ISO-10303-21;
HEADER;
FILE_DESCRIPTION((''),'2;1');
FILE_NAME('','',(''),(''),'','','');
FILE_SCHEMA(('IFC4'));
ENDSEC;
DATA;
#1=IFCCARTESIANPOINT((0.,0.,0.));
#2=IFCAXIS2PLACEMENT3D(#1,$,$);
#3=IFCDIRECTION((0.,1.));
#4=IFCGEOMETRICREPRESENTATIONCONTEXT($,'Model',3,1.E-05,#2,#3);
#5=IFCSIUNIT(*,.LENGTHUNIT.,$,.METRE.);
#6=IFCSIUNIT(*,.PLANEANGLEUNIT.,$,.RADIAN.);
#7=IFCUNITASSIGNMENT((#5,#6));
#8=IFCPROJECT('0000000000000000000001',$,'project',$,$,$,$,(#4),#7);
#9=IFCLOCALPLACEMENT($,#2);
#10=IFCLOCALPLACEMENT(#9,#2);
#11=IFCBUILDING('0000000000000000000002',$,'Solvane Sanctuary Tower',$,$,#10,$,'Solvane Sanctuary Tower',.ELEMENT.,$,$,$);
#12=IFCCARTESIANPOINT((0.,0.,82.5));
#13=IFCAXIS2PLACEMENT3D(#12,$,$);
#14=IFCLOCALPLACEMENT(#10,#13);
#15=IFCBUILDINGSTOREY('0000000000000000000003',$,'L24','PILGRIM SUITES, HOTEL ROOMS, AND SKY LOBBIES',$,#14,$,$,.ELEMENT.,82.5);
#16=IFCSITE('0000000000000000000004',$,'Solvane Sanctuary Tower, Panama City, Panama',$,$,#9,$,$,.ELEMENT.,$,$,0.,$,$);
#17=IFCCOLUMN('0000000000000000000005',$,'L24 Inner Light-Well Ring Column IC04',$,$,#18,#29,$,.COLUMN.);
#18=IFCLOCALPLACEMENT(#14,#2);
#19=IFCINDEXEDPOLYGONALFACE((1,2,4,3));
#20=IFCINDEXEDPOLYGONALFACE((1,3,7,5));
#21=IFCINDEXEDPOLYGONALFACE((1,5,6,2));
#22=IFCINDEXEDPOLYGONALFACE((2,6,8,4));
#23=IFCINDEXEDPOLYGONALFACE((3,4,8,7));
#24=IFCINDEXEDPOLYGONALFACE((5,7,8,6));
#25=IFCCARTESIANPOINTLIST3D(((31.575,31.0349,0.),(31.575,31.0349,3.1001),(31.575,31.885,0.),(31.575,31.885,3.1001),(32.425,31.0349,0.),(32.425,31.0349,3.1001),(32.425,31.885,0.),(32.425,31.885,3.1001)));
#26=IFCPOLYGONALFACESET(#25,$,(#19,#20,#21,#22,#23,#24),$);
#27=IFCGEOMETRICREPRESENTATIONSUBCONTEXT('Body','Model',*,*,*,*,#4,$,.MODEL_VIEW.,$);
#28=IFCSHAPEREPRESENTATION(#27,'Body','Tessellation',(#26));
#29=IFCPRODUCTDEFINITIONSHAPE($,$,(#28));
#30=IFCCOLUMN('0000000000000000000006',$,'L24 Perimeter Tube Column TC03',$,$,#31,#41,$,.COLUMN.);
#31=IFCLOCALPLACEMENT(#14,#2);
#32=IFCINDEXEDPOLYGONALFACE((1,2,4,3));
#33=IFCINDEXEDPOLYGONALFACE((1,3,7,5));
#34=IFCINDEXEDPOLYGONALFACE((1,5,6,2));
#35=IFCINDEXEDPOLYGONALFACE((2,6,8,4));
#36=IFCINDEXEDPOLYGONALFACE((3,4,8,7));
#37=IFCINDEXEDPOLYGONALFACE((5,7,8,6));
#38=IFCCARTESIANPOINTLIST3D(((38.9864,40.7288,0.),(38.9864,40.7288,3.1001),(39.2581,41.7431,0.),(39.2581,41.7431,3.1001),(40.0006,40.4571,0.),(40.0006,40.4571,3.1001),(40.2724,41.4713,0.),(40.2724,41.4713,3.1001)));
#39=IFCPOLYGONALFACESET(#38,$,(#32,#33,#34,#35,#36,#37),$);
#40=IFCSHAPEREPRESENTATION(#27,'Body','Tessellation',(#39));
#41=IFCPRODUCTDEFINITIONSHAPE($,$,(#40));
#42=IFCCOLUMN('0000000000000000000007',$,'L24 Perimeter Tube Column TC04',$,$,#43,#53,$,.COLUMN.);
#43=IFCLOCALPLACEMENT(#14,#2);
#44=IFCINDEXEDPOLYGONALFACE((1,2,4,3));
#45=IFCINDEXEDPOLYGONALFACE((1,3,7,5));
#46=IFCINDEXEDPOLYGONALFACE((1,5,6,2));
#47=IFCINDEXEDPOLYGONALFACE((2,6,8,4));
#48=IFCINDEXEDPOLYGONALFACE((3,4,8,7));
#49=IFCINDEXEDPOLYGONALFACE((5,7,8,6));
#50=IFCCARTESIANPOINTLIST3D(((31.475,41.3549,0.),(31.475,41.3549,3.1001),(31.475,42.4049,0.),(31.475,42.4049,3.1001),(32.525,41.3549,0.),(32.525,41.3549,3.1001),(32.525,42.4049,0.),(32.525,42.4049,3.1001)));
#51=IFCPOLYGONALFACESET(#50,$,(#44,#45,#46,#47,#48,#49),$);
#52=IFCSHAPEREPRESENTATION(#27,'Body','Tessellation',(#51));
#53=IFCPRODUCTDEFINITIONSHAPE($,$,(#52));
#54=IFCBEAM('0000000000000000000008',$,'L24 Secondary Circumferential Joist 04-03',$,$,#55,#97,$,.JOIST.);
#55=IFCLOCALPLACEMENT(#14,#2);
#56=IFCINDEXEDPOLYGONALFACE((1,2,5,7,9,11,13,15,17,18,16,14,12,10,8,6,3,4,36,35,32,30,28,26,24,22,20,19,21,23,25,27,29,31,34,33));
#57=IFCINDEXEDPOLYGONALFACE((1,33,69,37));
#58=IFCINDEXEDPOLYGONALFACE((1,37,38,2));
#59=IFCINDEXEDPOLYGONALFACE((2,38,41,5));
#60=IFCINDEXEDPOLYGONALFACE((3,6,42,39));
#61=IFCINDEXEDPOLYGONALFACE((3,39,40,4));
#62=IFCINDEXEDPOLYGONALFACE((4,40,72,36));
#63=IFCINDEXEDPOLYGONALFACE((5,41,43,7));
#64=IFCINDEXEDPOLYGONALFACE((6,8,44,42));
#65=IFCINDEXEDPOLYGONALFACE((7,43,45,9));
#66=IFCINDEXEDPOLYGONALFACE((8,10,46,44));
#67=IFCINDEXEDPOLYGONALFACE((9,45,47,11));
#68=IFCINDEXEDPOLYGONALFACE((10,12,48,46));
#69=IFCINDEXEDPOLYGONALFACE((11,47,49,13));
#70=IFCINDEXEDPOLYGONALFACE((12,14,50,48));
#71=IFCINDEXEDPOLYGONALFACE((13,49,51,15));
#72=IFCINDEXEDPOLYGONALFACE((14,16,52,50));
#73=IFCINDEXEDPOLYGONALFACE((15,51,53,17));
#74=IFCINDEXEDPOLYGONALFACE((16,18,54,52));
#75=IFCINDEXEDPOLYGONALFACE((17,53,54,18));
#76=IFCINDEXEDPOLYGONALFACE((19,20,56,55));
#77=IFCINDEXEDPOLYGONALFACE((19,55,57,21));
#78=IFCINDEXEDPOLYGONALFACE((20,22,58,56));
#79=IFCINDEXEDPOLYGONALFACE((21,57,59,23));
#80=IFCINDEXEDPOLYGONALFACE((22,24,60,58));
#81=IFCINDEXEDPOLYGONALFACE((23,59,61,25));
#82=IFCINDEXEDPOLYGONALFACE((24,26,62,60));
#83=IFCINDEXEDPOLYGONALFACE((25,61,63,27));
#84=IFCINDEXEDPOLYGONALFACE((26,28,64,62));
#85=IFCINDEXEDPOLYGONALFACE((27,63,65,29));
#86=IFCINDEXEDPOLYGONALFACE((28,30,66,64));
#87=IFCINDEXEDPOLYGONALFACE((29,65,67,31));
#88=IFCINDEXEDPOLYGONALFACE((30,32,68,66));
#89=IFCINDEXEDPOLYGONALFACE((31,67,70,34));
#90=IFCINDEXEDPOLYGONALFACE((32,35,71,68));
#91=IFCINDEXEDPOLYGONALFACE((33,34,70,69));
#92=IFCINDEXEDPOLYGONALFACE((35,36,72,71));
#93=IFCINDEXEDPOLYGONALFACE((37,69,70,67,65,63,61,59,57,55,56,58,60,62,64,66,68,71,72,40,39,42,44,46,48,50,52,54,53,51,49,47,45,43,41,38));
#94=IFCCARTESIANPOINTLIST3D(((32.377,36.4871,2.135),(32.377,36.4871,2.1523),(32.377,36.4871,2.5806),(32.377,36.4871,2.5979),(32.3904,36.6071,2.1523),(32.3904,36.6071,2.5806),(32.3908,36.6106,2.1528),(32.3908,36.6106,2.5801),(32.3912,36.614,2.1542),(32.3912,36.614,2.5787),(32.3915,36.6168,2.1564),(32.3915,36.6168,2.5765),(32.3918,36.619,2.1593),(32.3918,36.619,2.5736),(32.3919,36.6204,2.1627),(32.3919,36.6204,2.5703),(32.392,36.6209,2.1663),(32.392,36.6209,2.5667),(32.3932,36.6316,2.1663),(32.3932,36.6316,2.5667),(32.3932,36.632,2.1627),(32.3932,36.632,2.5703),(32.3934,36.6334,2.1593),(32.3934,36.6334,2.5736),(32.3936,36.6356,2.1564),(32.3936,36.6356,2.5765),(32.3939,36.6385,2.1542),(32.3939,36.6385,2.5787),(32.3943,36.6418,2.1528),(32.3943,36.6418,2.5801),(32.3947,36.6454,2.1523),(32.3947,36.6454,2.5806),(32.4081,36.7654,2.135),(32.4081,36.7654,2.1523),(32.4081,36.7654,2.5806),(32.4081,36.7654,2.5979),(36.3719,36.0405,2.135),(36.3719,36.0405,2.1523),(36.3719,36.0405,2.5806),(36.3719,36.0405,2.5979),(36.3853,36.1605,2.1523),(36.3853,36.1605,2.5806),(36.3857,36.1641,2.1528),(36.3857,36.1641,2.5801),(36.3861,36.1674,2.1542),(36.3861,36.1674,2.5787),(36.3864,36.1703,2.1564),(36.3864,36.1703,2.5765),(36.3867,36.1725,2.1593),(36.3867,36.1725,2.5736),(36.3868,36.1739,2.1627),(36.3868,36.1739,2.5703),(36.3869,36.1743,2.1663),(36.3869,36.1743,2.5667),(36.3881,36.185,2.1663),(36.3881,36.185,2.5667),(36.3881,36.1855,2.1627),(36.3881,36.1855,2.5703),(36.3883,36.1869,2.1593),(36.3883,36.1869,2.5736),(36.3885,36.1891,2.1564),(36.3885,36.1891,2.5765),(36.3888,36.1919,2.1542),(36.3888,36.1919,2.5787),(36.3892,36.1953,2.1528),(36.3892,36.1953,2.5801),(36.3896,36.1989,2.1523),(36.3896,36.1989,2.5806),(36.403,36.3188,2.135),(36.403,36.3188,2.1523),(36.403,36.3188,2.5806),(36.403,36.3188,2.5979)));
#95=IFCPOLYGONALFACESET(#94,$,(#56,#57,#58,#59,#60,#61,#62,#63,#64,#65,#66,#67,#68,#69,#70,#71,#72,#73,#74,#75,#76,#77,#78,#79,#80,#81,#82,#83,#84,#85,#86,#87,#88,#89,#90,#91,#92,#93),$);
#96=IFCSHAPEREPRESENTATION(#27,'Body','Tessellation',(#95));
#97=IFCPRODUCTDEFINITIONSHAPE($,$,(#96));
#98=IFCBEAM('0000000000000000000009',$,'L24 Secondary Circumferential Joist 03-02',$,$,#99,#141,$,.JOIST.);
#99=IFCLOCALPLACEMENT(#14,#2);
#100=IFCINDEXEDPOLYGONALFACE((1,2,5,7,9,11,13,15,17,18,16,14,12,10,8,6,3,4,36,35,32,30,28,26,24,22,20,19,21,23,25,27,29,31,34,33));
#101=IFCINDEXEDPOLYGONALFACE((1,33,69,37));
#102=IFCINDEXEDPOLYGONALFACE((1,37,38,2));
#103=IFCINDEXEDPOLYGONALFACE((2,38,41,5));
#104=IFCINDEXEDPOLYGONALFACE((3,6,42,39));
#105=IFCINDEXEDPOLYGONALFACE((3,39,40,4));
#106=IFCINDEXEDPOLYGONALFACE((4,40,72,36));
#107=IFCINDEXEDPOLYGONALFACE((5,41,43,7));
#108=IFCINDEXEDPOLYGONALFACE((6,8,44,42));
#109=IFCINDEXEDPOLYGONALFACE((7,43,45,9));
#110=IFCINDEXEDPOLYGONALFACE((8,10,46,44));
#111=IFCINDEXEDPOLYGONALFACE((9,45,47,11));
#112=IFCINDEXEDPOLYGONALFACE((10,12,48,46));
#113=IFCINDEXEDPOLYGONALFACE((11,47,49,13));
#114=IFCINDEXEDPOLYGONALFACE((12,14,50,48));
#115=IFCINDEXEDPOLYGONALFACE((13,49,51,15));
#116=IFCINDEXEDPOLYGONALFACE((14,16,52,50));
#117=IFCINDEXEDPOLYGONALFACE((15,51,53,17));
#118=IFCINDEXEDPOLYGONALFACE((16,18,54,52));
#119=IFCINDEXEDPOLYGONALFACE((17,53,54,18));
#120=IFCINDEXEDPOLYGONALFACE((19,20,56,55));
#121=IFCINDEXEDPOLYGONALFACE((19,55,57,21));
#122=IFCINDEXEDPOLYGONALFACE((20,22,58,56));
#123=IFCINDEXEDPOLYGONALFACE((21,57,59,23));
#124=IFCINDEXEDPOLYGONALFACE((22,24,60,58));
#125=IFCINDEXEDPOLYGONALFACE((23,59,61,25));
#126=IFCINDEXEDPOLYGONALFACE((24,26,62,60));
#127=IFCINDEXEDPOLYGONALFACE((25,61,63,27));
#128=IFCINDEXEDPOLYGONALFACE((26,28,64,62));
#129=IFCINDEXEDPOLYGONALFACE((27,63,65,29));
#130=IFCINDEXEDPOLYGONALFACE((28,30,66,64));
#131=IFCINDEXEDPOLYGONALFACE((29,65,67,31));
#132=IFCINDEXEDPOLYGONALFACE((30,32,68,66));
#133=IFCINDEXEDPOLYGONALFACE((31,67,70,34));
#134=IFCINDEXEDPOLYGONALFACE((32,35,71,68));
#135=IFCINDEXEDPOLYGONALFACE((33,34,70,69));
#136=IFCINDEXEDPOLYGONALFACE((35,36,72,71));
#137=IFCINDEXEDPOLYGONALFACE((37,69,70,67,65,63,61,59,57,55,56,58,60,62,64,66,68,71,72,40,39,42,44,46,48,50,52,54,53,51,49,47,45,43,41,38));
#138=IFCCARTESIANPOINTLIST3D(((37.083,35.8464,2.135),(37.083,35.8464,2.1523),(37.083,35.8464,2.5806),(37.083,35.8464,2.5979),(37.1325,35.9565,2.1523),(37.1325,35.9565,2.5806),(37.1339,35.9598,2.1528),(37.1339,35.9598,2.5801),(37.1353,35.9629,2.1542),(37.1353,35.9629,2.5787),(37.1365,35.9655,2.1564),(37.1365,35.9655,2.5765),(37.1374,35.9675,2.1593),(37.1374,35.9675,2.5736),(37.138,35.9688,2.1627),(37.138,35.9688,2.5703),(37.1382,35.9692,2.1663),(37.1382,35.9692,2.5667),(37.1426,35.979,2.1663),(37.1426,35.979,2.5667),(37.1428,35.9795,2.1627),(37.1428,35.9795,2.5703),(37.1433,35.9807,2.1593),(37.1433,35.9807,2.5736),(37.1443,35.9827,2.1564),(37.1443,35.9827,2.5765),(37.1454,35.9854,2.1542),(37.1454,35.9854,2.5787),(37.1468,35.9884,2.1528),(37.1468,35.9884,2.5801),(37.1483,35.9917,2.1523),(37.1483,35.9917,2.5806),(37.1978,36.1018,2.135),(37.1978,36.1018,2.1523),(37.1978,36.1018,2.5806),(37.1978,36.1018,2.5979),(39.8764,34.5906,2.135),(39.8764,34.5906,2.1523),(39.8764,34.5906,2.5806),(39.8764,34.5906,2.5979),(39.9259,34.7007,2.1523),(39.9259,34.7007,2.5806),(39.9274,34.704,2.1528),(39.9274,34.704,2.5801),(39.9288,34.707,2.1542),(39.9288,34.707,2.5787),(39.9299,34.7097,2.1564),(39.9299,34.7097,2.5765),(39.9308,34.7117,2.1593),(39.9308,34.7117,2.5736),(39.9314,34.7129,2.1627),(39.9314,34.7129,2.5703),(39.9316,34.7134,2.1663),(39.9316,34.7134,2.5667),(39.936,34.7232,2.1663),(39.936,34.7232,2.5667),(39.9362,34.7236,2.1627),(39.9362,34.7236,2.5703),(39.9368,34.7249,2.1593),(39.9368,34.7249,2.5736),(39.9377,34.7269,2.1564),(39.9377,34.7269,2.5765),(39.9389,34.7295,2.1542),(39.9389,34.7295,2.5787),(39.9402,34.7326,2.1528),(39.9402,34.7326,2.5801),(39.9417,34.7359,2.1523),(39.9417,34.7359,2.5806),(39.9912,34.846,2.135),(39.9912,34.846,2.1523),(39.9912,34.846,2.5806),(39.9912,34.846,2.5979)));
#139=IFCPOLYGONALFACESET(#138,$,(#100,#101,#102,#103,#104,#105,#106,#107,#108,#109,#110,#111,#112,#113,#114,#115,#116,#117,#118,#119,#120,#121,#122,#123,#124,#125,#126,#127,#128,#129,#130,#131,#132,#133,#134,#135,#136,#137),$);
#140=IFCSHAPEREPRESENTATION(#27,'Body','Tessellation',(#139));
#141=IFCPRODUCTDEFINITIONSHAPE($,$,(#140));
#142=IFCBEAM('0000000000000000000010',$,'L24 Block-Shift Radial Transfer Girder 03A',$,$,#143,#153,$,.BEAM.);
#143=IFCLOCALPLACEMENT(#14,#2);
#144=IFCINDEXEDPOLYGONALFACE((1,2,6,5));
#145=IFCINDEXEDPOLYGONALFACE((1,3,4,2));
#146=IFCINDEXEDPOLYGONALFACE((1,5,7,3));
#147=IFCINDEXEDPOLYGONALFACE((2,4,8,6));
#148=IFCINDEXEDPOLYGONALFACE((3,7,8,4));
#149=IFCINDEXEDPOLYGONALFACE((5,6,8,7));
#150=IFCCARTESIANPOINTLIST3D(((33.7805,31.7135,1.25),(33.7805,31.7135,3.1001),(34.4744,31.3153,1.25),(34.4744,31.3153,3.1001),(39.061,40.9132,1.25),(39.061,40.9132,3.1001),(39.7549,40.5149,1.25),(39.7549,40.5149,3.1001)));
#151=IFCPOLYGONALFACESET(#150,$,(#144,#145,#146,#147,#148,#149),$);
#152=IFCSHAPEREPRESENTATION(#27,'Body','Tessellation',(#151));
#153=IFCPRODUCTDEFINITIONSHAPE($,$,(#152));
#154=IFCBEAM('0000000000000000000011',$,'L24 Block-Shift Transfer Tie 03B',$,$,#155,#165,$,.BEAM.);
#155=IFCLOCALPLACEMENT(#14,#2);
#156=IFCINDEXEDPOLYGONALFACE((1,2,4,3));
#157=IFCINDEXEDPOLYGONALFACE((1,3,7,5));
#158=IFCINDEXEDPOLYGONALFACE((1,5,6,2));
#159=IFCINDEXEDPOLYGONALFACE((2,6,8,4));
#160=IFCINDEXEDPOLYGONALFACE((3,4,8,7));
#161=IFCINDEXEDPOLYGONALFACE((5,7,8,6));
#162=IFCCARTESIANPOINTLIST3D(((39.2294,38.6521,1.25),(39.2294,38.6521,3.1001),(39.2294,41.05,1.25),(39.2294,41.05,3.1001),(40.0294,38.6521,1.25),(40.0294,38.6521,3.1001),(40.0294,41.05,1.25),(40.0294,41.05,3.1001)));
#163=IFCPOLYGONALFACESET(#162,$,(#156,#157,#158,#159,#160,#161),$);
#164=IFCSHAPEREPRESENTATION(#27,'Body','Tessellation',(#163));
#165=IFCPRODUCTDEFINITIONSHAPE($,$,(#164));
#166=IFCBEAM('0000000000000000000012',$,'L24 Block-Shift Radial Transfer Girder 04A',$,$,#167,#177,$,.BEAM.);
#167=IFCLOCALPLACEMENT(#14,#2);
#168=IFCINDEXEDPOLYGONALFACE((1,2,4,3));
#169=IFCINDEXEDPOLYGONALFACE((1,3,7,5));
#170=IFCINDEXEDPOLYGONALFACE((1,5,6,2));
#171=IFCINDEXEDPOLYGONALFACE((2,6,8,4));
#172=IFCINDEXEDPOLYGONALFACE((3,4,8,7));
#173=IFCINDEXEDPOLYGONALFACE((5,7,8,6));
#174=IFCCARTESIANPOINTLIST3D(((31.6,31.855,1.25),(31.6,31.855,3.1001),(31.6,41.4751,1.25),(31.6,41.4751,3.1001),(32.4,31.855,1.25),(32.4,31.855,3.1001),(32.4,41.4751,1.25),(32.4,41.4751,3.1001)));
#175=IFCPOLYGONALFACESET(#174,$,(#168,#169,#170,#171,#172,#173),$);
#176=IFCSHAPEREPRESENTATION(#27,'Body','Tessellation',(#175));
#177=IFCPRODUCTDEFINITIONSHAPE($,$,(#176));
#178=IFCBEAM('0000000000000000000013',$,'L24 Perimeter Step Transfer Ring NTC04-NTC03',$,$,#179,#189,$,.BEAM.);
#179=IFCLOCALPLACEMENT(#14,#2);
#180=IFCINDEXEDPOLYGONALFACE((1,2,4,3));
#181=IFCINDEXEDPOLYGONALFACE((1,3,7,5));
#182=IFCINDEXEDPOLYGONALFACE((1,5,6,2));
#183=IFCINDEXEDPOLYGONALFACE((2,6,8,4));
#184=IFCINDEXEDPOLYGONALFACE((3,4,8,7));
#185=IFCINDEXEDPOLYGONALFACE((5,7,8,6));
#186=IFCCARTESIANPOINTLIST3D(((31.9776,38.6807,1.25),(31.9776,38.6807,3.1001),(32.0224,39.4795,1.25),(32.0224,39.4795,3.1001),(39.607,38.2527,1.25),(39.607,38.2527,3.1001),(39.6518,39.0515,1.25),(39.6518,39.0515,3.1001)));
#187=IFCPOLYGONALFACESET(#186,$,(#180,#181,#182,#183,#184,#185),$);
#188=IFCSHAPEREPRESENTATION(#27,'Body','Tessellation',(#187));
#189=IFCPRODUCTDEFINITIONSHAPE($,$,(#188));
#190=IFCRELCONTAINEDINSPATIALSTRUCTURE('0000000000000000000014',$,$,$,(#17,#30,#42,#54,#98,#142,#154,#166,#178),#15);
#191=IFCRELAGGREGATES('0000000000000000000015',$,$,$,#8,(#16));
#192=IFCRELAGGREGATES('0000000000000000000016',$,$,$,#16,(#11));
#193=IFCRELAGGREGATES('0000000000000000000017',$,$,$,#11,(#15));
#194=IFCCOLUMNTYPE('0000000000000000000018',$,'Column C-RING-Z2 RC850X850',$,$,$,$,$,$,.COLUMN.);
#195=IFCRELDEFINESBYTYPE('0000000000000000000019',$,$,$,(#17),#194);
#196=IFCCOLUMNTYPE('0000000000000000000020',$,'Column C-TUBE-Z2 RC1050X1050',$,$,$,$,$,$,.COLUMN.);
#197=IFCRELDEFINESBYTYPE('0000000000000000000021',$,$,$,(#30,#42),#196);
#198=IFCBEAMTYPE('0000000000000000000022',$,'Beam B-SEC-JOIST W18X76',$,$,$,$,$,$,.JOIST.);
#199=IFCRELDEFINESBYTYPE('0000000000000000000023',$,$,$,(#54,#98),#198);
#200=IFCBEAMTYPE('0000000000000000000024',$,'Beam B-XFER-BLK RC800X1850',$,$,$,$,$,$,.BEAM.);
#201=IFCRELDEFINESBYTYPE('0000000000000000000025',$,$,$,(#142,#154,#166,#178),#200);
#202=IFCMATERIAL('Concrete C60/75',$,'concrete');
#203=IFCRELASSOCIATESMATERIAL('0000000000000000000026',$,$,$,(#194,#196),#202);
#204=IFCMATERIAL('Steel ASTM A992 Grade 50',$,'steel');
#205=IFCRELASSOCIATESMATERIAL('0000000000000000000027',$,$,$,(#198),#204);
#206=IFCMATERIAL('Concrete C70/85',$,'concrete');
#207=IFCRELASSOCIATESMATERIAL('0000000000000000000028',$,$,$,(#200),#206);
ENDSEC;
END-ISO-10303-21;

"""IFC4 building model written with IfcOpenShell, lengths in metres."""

from ifc_helpers import new_model, si_unit, direction, frame, origin, origin_2d, place, context, subcontext, project, spatial, rectangle, i_section, extrude, material, material_profile, profile_set, type_object, element, save


model = new_model("IFC4")

# Units and contexts
model_context = context("Model", 3, precision=1e-05, world=origin(), true_north=direction((0.0, 1.0)))
body_context = subcontext(model_context, "Body", "Model", "MODEL_VIEW")
ifc_project = project(units=[si_unit("LENGTHUNIT", "METRE"), si_unit("PLANEANGLEUNIT", "RADIAN")], contexts=[model_context])

# Site, building, storey
site_placement = place(None, origin())
site = spatial("IfcSite", under=ifc_project, at=site_placement, Name="Solvane Sanctuary Tower, Panama City, Panama", CompositionType="ELEMENT", RefElevation=0.0)
building_placement = place(site_placement, origin())
building = spatial("IfcBuilding", under=site, at=building_placement, Name="Solvane Sanctuary Tower", LongName="Solvane Sanctuary Tower", CompositionType="ELEMENT")
storey_placement = place(building_placement, frame((0.0, 0.0, 82.5)))
storey = spatial("IfcBuildingStorey", under=building, at=storey_placement, Name="L24", Description="PILGRIM SUITES, HOTEL ROOMS, AND SKY LOBBIES", CompositionType="ELEMENT", Elevation=82.5)

# Columns
ifc_material_1 = material(Name="Concrete C60/75", Category="concrete")
ifc_material_profile_1 = material_profile(ifc_material_1, rectangle(XDim=0.8501, YDim=0.8501, at=origin_2d()), Name="RC850X850")
ifc_profile_set_1 = profile_set([ifc_material_profile_1], Name="Concrete C60/75")
column_type_1 = type_object("IfcColumnType", Name="Column C-RING-Z2 RC850X850", PredefinedType="COLUMN", material=ifc_profile_set_1)
column_placement = place(storey_placement, frame((32.0, 31.46, 0.0), z_axis=(0.0, 0.0, 1.0), x_axis=(1.0, 0.0, 0.0)))
element("IfcColumn", 1, at=column_placement, inside=storey, type_object=column_type_1, Name="L24 Inner Light-Well Ring Column IC04", PredefinedType="COLUMN", context=body_context, shape_type="SweptSolid", body=[
    extrude(rectangle(XDim=0.8501, YDim=0.8501, at=origin_2d()), origin(), (0.0, 0.0, 1.0), 3.1001),
])
ifc_material_profile_2 = material_profile(ifc_material_1, rectangle(XDim=1.05, YDim=1.05, at=origin_2d()), Name="RC1050X1050")
ifc_profile_set_2 = profile_set([ifc_material_profile_2], Name="Concrete C60/75")
column_type_2 = type_object("IfcColumnType", Name="Column C-TUBE-Z2 RC1050X1050", PredefinedType="COLUMN", material=ifc_profile_set_2)
for number, where, z_axis, x_axis, name in (
    (2, (39.6294, 41.1001, 0.0), (0.0, 0.0, 1.0), (0.258819, 0.965926, 0.0), "L24 Perimeter Tube Column TC03"),
    (3, (32.0, 41.8799, 0.0), (0.0, 0.0, 1.0), (0.0, 1.0, 0.0), "L24 Perimeter Tube Column TC04"),
):
    element("IfcColumn", number, at=place(storey_placement, frame(where, z_axis=z_axis, x_axis=x_axis)), inside=storey, type_object=column_type_2, Name=name, PredefinedType="COLUMN", context=body_context, shape_type="SweptSolid", body=[
        extrude(rectangle(XDim=1.05, YDim=1.05, at=origin_2d()), origin(), (0.0, 0.0, 1.0), 3.1001),
    ])

# Beams
ifc_material_2 = material(Name="Steel ASTM A992 Grade 50", Category="steel")
ifc_material_profile_3 = material_profile(ifc_material_2, i_section(OverallWidth=0.28, OverallDepth=0.4629, WebThickness=0.0107, FlangeThickness=0.0173, FilletRadius=0.0139, at=origin_2d()), Name="W18X76")
ifc_profile_set_3 = profile_set([ifc_material_profile_3], Name="Steel ASTM A992 Grade 50")
beam_type_1 = type_object("IfcBeamType", Name="Beam B-SEC-JOIST W18X76", PredefinedType="JOIST", material=ifc_profile_set_3)
beam_1_placement = place(storey_placement, frame((32.3926, 36.6262, 2.3665), z_axis=(0.993811, -0.111085, 0.0), x_axis=(0.111085, 0.993811, 0.0)))
element("IfcBeam", 4, at=beam_1_placement, inside=storey, type_object=beam_type_1, Name="L24 Secondary Circumferential Joist 04-03", PredefinedType="JOIST", context=body_context, shape_type="SweptSolid", body=[
    extrude(i_section(OverallWidth=0.28, OverallDepth=0.4629, WebThickness=0.0107, FlangeThickness=0.0173, FilletRadius=0.0139, at=origin_2d()), origin(), (0.0, 0.0, 1.0), 4.0198),
])
beam_2_placement = place(storey_placement, frame((37.1404, 35.9741, 2.3665), z_axis=(0.912068, -0.41004, 0.0), x_axis=(0.41004, 0.912068, 0.0)))
element("IfcBeam", 5, at=beam_2_placement, inside=storey, type_object=beam_type_1, Name="L24 Secondary Circumferential Joist 03-02", PredefinedType="JOIST", context=body_context, shape_type="SweptSolid", body=[
    extrude(i_section(OverallWidth=0.28, OverallDepth=0.4629, WebThickness=0.0107, FlangeThickness=0.0173, FilletRadius=0.0139, at=origin_2d()), origin(), (0.0, 0.0, 1.0), 3.0627),
])
ifc_material_3 = material(Name="Concrete C70/85", Category="concrete")
ifc_material_profile_4 = material_profile(ifc_material_3, rectangle(XDim=0.8, YDim=1.8501, at=origin_2d()), Name="RC800X1850")
ifc_profile_set_4 = profile_set([ifc_material_profile_4], Name="Concrete C70/85")
beam_type_2 = type_object("IfcBeamType", Name="Beam B-XFER-BLK RC800X1850", PredefinedType="BEAM", material=ifc_profile_set_4)
beam_3_placement = place(storey_placement, frame((34.1274, 31.5144, 2.175), z_axis=(0.497811, 0.867285, 0.0), x_axis=(-0.867285, 0.497811, 0.0)))
element("IfcBeam", 6, at=beam_3_placement, inside=storey, type_object=beam_type_2, Name="L24 Block-Shift Radial Transfer Girder 03A", PredefinedType="BEAM", context=body_context, shape_type="SweptSolid", body=[
    extrude(rectangle(XDim=0.8, YDim=1.8501, at=origin_2d()), origin(), (0.0, 0.0, 1.0), 10.6074),
])
beam_4_placement = place(storey_placement, frame((39.6294, 41.05, 2.175), z_axis=(0.0, -1.0, 0.0), x_axis=(1.0, 0.0, 0.0)))
element("IfcBeam", 7, at=beam_4_placement, inside=storey, type_object=beam_type_2, Name="L24 Block-Shift Transfer Tie 03B", PredefinedType="BEAM", context=body_context, shape_type="SweptSolid", body=[
    extrude(rectangle(XDim=0.8, YDim=1.8501, at=origin_2d()), origin(), (0.0, 0.0, 1.0), 2.3979),
])
beam_5_placement = place(storey_placement, frame((32.0, 31.855, 2.175), z_axis=(0.0, 1.0, 0.0), x_axis=(-1.0, 0.0, 0.0)))
element("IfcBeam", 8, at=beam_5_placement, inside=storey, type_object=beam_type_2, Name="L24 Block-Shift Radial Transfer Girder 04A", PredefinedType="BEAM", context=body_context, shape_type="SweptSolid", body=[
    extrude(rectangle(XDim=0.8, YDim=1.8501, at=origin_2d()), origin(), (0.0, 0.0, 1.0), 9.6201),
])
beam_6_placement = place(storey_placement, frame((32.0, 39.0801, 2.175), z_axis=(0.99843, -0.056008, 0.0), x_axis=(0.056008, 0.99843, 0.0)))
element("IfcBeam", 9, at=beam_6_placement, inside=storey, type_object=beam_type_2, Name="L24 Perimeter Step Transfer Ring NTC04-NTC03", PredefinedType="BEAM", context=body_context, shape_type="SweptSolid", body=[
    extrude(rectangle(XDim=0.8, YDim=1.8501, at=origin_2d()), origin(), (0.0, 0.0, 1.0), 7.6414),
])

save(model, "model.ifc")
